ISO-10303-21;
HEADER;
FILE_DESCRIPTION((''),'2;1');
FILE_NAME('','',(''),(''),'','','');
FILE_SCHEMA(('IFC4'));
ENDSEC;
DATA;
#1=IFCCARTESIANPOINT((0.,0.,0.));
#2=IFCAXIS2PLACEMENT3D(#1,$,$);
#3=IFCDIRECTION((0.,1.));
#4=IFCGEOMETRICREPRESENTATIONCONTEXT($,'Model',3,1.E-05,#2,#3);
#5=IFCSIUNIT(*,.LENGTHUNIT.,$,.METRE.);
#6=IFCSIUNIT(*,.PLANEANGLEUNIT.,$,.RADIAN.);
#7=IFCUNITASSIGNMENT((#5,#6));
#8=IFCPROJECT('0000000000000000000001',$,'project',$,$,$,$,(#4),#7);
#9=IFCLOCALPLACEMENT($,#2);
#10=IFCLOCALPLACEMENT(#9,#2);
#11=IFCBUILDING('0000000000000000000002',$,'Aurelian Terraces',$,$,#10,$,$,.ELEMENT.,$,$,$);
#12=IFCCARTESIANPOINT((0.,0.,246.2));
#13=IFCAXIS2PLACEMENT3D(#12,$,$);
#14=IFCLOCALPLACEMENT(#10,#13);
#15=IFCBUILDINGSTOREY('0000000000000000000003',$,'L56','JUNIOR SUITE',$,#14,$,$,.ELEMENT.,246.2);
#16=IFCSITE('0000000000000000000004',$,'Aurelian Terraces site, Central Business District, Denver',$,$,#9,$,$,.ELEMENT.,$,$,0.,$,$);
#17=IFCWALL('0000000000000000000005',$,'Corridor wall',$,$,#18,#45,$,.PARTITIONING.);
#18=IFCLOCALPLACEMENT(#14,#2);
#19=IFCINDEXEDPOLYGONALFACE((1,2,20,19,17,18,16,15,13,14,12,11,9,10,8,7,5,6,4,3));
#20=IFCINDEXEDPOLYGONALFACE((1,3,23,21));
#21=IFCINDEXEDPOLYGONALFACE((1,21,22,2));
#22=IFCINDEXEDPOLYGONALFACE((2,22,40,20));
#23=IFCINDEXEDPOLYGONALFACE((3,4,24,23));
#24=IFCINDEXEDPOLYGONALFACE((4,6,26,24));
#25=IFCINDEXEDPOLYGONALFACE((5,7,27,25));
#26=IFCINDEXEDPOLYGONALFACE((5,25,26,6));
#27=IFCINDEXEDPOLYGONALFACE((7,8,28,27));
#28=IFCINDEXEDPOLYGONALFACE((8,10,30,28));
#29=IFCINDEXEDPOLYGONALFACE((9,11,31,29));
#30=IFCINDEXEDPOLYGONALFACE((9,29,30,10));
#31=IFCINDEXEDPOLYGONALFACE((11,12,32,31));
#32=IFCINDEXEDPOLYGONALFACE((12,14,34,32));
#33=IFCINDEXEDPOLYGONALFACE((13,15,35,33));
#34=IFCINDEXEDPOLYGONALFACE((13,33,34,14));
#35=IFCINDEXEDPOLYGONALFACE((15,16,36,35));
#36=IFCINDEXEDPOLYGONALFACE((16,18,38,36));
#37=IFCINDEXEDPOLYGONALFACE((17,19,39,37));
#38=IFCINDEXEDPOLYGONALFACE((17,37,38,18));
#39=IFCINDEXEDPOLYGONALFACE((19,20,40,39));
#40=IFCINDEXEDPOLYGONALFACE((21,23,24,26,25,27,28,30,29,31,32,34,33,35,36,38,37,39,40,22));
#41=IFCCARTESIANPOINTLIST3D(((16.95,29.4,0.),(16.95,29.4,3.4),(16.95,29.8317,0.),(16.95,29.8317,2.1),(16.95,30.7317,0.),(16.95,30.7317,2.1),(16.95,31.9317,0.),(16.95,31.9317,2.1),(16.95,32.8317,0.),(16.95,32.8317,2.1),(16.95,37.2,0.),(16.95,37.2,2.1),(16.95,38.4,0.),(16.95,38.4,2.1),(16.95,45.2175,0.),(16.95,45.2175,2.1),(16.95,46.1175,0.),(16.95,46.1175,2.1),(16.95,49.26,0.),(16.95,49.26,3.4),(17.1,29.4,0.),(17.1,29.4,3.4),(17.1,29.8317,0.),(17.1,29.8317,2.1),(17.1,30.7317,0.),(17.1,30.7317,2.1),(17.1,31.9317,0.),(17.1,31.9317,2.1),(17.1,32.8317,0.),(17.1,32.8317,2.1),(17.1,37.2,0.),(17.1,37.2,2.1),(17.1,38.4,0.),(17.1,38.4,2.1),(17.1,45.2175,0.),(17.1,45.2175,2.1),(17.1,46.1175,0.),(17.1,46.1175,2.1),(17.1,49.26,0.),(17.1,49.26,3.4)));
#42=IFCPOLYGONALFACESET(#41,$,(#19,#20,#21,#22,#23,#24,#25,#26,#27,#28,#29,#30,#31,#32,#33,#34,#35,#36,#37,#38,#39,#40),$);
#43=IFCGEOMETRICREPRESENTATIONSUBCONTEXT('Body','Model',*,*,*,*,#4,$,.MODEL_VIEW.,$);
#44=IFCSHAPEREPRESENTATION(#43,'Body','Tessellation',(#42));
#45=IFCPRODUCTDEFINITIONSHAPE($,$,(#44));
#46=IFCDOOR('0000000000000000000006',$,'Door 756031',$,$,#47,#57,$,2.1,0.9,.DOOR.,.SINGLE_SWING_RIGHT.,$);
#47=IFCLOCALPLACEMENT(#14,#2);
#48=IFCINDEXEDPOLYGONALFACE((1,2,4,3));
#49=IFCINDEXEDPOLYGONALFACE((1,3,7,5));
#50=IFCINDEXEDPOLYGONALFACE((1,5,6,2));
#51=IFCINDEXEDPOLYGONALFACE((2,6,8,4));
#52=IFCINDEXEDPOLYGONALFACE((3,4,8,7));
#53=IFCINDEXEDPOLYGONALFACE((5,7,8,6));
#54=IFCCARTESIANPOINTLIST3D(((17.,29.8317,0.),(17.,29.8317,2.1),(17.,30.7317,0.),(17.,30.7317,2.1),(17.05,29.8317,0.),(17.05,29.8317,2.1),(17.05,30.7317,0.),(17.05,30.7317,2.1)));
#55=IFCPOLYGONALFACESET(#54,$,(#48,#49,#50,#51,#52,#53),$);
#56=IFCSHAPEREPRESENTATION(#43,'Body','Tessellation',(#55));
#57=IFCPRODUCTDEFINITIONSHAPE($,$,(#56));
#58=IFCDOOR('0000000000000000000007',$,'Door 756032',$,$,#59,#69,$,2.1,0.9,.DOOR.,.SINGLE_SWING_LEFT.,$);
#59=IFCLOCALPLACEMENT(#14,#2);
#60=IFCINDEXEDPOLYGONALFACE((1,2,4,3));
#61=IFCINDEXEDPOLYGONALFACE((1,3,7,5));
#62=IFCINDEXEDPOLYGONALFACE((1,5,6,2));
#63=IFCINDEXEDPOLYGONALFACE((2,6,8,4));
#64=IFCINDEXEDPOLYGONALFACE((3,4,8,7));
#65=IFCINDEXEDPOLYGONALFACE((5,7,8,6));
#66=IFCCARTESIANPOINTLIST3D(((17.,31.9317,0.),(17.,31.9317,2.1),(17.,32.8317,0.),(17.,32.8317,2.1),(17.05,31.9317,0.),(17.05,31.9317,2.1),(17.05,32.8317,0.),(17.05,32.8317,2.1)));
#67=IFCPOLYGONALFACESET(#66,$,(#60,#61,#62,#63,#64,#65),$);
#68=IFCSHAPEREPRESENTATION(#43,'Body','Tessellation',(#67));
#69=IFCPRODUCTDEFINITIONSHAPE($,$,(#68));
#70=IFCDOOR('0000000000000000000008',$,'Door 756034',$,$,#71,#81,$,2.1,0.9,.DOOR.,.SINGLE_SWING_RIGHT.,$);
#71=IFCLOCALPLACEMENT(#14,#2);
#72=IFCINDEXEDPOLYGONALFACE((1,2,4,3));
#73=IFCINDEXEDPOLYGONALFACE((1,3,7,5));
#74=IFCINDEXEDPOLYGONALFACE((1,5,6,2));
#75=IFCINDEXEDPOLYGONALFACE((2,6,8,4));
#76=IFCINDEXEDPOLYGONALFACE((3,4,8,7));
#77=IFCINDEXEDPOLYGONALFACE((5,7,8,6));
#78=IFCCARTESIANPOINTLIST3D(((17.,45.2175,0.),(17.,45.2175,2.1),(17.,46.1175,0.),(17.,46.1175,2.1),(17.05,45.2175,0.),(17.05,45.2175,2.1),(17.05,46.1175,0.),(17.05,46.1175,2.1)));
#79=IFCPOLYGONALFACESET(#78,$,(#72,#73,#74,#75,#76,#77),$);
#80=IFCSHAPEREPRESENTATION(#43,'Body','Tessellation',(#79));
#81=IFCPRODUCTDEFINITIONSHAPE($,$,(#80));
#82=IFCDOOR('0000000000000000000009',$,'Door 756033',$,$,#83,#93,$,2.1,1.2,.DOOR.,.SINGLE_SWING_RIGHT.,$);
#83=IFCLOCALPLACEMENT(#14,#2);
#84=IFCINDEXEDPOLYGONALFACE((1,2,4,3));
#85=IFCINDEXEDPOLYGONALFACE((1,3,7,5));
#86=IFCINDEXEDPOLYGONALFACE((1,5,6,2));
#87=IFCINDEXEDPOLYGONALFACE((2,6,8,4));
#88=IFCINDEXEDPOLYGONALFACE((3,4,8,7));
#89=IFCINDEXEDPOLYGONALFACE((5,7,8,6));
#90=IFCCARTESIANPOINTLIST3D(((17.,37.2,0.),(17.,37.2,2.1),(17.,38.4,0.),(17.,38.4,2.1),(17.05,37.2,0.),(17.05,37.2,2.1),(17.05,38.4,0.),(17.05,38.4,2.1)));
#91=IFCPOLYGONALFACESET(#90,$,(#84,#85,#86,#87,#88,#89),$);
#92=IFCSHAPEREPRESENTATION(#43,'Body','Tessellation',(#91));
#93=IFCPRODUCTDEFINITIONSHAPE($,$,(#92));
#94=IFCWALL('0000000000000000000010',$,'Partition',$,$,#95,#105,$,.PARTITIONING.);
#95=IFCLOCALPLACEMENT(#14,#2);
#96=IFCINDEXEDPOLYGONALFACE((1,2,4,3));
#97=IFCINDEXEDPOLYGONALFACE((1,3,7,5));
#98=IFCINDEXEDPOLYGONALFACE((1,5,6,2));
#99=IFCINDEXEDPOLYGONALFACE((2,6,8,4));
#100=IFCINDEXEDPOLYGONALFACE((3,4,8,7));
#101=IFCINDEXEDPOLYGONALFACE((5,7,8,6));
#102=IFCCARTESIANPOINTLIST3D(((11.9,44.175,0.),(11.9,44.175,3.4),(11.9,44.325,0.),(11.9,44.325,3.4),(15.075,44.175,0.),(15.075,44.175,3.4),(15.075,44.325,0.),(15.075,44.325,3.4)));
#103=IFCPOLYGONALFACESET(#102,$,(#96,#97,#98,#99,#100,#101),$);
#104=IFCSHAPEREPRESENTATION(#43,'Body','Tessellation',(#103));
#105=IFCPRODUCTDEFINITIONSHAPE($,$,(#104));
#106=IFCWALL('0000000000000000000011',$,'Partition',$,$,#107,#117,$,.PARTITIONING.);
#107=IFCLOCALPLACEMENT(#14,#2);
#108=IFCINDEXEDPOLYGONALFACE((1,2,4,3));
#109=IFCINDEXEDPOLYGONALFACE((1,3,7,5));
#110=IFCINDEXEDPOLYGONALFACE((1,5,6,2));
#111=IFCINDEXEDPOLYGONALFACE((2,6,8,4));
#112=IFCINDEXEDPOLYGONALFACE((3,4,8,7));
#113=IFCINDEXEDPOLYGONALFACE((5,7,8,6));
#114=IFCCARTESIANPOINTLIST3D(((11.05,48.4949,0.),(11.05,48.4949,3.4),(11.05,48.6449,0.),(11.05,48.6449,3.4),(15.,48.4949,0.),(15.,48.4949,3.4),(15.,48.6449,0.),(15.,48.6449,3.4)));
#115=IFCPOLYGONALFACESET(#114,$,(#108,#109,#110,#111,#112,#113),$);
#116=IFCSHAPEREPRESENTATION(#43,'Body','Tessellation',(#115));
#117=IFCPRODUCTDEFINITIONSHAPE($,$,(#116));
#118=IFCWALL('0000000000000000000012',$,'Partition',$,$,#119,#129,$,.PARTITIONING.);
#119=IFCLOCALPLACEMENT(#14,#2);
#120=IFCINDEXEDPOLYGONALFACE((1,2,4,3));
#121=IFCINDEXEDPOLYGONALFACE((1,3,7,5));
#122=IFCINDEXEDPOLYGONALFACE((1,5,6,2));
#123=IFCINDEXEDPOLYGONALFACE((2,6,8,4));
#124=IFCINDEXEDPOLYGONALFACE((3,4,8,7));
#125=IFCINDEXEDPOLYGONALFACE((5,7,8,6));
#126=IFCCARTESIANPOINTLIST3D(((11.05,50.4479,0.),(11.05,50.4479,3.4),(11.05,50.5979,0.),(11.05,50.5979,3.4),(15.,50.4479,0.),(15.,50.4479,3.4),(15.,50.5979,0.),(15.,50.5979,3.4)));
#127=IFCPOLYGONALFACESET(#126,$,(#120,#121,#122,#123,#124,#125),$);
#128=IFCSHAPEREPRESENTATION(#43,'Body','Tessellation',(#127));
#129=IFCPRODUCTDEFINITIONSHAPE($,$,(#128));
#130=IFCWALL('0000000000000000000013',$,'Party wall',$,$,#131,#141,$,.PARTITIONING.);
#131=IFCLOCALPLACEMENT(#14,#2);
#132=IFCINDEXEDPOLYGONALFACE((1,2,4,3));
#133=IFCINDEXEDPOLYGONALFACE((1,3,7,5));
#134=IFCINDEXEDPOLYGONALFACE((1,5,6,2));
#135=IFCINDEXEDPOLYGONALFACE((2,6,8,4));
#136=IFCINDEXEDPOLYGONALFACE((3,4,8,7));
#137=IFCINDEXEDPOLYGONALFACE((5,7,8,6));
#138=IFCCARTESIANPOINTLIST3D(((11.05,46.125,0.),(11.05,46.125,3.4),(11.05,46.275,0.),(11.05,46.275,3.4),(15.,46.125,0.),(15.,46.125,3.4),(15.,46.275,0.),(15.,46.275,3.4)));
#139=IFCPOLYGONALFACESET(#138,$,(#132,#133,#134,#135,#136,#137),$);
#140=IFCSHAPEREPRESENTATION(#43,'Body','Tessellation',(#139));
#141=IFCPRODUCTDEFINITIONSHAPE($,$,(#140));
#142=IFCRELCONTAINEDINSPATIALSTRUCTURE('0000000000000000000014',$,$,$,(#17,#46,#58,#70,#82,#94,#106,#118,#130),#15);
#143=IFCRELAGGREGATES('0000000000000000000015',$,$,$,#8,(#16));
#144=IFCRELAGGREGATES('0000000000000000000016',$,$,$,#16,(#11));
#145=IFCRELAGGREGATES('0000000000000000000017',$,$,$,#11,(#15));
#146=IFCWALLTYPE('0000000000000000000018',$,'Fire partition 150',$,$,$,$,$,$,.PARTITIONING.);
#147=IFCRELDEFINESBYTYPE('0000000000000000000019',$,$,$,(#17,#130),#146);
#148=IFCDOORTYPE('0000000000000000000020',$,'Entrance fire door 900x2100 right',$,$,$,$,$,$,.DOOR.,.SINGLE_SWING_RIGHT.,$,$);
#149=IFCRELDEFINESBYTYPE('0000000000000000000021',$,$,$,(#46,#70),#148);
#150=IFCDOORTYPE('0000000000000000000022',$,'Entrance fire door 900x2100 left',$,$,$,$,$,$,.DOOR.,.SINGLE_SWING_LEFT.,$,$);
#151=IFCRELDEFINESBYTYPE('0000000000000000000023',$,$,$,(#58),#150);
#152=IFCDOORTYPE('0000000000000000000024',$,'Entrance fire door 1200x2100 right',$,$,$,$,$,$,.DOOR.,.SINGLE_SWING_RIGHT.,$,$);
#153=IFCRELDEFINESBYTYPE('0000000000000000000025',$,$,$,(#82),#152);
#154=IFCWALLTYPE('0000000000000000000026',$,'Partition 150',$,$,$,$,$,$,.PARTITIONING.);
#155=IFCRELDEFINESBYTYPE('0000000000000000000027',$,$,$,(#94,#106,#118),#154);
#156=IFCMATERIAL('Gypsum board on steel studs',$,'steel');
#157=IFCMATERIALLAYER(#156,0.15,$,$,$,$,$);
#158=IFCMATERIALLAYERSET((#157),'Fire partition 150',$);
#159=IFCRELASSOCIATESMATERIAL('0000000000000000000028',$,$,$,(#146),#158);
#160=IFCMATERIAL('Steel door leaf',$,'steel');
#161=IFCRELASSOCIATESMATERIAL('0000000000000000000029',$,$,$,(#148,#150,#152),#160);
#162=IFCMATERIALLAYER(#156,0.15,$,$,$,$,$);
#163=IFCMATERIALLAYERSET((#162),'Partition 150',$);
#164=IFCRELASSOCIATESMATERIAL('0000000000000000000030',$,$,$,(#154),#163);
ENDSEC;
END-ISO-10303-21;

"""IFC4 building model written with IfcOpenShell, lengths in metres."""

from ifc_helpers import new_model, si_unit, direction, frame, frame_2d, origin, place, context, subcontext, project, spatial, rectangle, extrude, source, transform, mapped, material, layer, layer_set, type_object, element, fill, save


model = new_model("IFC4")

# Units and contexts
model_context = context("Model", 3, precision=1e-05, world=origin(), true_north=direction((0.0, 1.0)))
body_context = subcontext(model_context, "Body", "Model", "MODEL_VIEW")
ifc_project = project(units=[si_unit("LENGTHUNIT", "METRE"), si_unit("PLANEANGLEUNIT", "RADIAN")], contexts=[model_context])

# Site, building, storey
site_placement = place(None, origin())
site = spatial("IfcSite", under=ifc_project, at=site_placement, Name="Aurelian Terraces site, Central Business District, Denver", CompositionType="ELEMENT", RefElevation=0.0)
building_placement = place(site_placement, origin())
building = spatial("IfcBuilding", under=site, at=building_placement, Name="Aurelian Terraces", CompositionType="ELEMENT")
storey_placement = place(building_placement, frame((0.0, 0.0, 246.2)))
storey = spatial("IfcBuildingStorey", under=building, at=storey_placement, Name="L56", Description="JUNIOR SUITE", CompositionType="ELEMENT", Elevation=246.2)

# Shared definitions
ifc_material_1 = material(Name="Gypsum board on steel studs", Category="steel")
ifc_layer_1 = layer(ifc_material_1, 0.15)
ifc_layer_set_1 = layer_set([ifc_layer_1], Name="Fire partition 150")
wall_type_1 = type_object("IfcWallType", Name="Fire partition 150", PredefinedType="PARTITIONING", material=ifc_layer_set_1)
ifc_material_2 = material(Name="Steel door leaf", Category="steel")

# Wall, openings, doors
shared_shape_1 = source(origin(), body_context, "Body", "SweptSolid", [
    extrude(rectangle(XDim=19.86, YDim=0.15, at=frame_2d((9.93, 0.0))), origin(), (0.0, 0.0, 1.0), 3.4),
])
wall_1_placement = place(storey_placement, frame((17.025, 49.26, 0.0), z_axis=(0.0, 0.0, 1.0), x_axis=(0.0, -1.0, 0.0)))
wall_1 = element("IfcWall", 1, at=wall_1_placement, inside=storey, type_object=wall_type_1, Name="Corridor wall", PredefinedType="PARTITIONING", context=body_context, shape_type="MappedRepresentation", body=[
    mapped(shared_shape_1, transform((0.0, 0.0, 0.0), scale=1.0)),
])
shared_shape_2 = source(origin(), body_context, "Body", "SweptSolid", [
    extrude(rectangle(XDim=0.9, YDim=2.1, at=frame_2d((0.45, 1.05))), frame((0.0, 0.085, 0.0), z_axis=(0.0, -1.0, 0.0), x_axis=(1.0, 0.0, 0.0)), (0.0, 0.0, 1.0), 0.17),
])
opening_1_placement = place(wall_1_placement, frame((18.5283, 0.0, 0.0)))
opening_1 = element("IfcOpeningElement", 2, at=opening_1_placement, cuts=wall_1, PredefinedType="OPENING", context=body_context, shape_type="MappedRepresentation", body=[
    mapped(shared_shape_2, transform((0.0, 0.0, 0.0), scale=1.0)),
])
opening_2_placement = place(wall_1_placement, frame((16.4283, 0.0, 0.0)))
opening_2 = element("IfcOpeningElement", 3, at=opening_2_placement, cuts=wall_1, PredefinedType="OPENING", context=body_context, shape_type="MappedRepresentation", body=[
    mapped(shared_shape_2, transform((0.0, 0.0, 0.0), scale=1.0)),
])
shared_shape_3 = source(origin(), body_context, "Body", "SweptSolid", [
    extrude(rectangle(XDim=1.2, YDim=2.1, at=frame_2d((0.6, 1.05))), frame((0.0, 0.085, 0.0), z_axis=(0.0, -1.0, 0.0), x_axis=(1.0, 0.0, 0.0)), (0.0, 0.0, 1.0), 0.17),
])
opening_3_placement = place(wall_1_placement, frame((10.86, 0.0, 0.0)))
opening_3 = element("IfcOpeningElement", 4, at=opening_3_placement, cuts=wall_1, PredefinedType="OPENING", context=body_context, shape_type="MappedRepresentation", body=[
    mapped(shared_shape_3, transform((0.0, 0.0, 0.0), scale=1.0)),
])
opening_4_placement = place(wall_1_placement, frame((3.1425, 0.0, 0.0)))
opening_4 = element("IfcOpeningElement", 5, at=opening_4_placement, cuts=wall_1, PredefinedType="OPENING", context=body_context, shape_type="MappedRepresentation", body=[
    mapped(shared_shape_2, transform((0.0, 0.0, 0.0), scale=1.0)),
])
door_type_1 = type_object("IfcDoorType", Name="Entrance fire door 900x2100 right", OperationType="SINGLE_SWING_RIGHT", PredefinedType="DOOR", material=ifc_material_2)
shared_shape_4 = source(origin(), body_context, "Body", "SweptSolid", [
    extrude(rectangle(XDim=0.9, YDim=2.1, at=frame_2d((0.45, 1.05))), frame((0.0, 0.025, 0.0), z_axis=(0.0, -1.0, 0.0), x_axis=(1.0, 0.0, 0.0)), (0.0, 0.0, 1.0), 0.05),
])
door_1_placement = place(opening_1_placement, origin())
door_1 = element("IfcDoor", 6, at=door_1_placement, inside=storey, type_object=door_type_1, Name="Door 756031", OperationType="SINGLE_SWING_RIGHT", OverallHeight=2.1, OverallWidth=0.9, PredefinedType="DOOR", context=body_context, shape_type="MappedRepresentation", body=[
    mapped(shared_shape_4, transform((0.0, 0.0, 0.0), scale=1.0)),
])
fill(opening_1, door_1)
door_type_2 = type_object("IfcDoorType", Name="Entrance fire door 900x2100 left", OperationType="SINGLE_SWING_LEFT", PredefinedType="DOOR", material=ifc_material_2)
door_2_placement = place(opening_2_placement, origin())
door_2 = element("IfcDoor", 7, at=door_2_placement, inside=storey, type_object=door_type_2, Name="Door 756032", OperationType="SINGLE_SWING_LEFT", OverallHeight=2.1, OverallWidth=0.9, PredefinedType="DOOR", context=body_context, shape_type="MappedRepresentation", body=[
    mapped(shared_shape_4, transform((0.0, 0.0, 0.0), scale=1.0)),
])
fill(opening_2, door_2)
door_3_placement = place(opening_4_placement, origin())
door_3 = element("IfcDoor", 8, at=door_3_placement, inside=storey, type_object=door_type_1, Name="Door 756034", OperationType="SINGLE_SWING_RIGHT", OverallHeight=2.1, OverallWidth=0.9, PredefinedType="DOOR", context=body_context, shape_type="MappedRepresentation", body=[
    mapped(shared_shape_4, transform((0.0, 0.0, 0.0), scale=1.0)),
])
fill(opening_4, door_3)
door_type_3 = type_object("IfcDoorType", Name="Entrance fire door 1200x2100 right", OperationType="SINGLE_SWING_RIGHT", PredefinedType="DOOR", material=ifc_material_2)
shared_shape_5 = source(origin(), body_context, "Body", "SweptSolid", [
    extrude(rectangle(XDim=1.2, YDim=2.1, at=frame_2d((0.6, 1.05))), frame((0.0, 0.025, 0.0), z_axis=(0.0, -1.0, 0.0), x_axis=(1.0, 0.0, 0.0)), (0.0, 0.0, 1.0), 0.05),
])
door_4_placement = place(opening_3_placement, origin())
door_4 = element("IfcDoor", 9, at=door_4_placement, inside=storey, type_object=door_type_3, Name="Door 756033", OperationType="SINGLE_SWING_RIGHT", OverallHeight=2.1, OverallWidth=1.2, PredefinedType="DOOR", context=body_context, shape_type="MappedRepresentation", body=[
    mapped(shared_shape_5, transform((0.0, 0.0, 0.0), scale=1.0)),
])
fill(opening_3, door_4)

# Walls
ifc_layer_2 = layer(ifc_material_1, 0.15)
ifc_layer_set_2 = layer_set([ifc_layer_2], Name="Partition 150")
wall_type_2 = type_object("IfcWallType", Name="Partition 150", PredefinedType="PARTITIONING", material=ifc_layer_set_2)
shared_shape_6 = source(origin(), body_context, "Body", "SweptSolid", [
    extrude(rectangle(XDim=3.175, YDim=0.15, at=frame_2d((1.5875, 0.0))), origin(), (0.0, 0.0, 1.0), 3.4),
])
wall_2_placement = place(storey_placement, frame((15.075, 44.25, 0.0), z_axis=(0.0, 0.0, 1.0), x_axis=(-1.0, 0.0, 0.0)))
element("IfcWall", 10, at=wall_2_placement, inside=storey, type_object=wall_type_2, Name="Partition", PredefinedType="PARTITIONING", context=body_context, shape_type="MappedRepresentation", body=[
    mapped(shared_shape_6, transform((0.0, 0.0, 0.0), scale=1.0)),
])
shared_shape_7 = source(origin(), body_context, "Body", "SweptSolid", [
    extrude(rectangle(XDim=3.95, YDim=0.15, at=frame_2d((1.975, 0.0))), origin(), (0.0, 0.0, 1.0), 3.4),
])
for number, where, z_axis, x_axis, name in (
    (11, (15.0, 48.5699, 0.0), (0.0, 0.0, 1.0), (-1.0, 0.0, 0.0), "Partition"),
    (12, (15.0, 50.5229, 0.0), (0.0, 0.0, 1.0), (-1.0, 0.0, 0.0), "Partition"),
):
    element("IfcWall", number, at=place(storey_placement, frame(where, z_axis=z_axis, x_axis=x_axis)), inside=storey, type_object=wall_type_2, Name=name, PredefinedType="PARTITIONING", context=body_context, shape_type="MappedRepresentation", body=[
        mapped(shared_shape_7, transform((0.0, 0.0, 0.0), scale=1.0)),
    ])
wall_3_placement = place(storey_placement, frame((15.0, 46.2, 0.0), z_axis=(0.0, 0.0, 1.0), x_axis=(-1.0, 0.0, 0.0)))
element("IfcWall", 13, at=wall_3_placement, inside=storey, type_object=wall_type_1, Name="Party wall", PredefinedType="PARTITIONING", context=body_context, shape_type="MappedRepresentation", body=[
    mapped(shared_shape_7, transform((0.0, 0.0, 0.0), scale=1.0)),
])

save(model, "model.ifc")
